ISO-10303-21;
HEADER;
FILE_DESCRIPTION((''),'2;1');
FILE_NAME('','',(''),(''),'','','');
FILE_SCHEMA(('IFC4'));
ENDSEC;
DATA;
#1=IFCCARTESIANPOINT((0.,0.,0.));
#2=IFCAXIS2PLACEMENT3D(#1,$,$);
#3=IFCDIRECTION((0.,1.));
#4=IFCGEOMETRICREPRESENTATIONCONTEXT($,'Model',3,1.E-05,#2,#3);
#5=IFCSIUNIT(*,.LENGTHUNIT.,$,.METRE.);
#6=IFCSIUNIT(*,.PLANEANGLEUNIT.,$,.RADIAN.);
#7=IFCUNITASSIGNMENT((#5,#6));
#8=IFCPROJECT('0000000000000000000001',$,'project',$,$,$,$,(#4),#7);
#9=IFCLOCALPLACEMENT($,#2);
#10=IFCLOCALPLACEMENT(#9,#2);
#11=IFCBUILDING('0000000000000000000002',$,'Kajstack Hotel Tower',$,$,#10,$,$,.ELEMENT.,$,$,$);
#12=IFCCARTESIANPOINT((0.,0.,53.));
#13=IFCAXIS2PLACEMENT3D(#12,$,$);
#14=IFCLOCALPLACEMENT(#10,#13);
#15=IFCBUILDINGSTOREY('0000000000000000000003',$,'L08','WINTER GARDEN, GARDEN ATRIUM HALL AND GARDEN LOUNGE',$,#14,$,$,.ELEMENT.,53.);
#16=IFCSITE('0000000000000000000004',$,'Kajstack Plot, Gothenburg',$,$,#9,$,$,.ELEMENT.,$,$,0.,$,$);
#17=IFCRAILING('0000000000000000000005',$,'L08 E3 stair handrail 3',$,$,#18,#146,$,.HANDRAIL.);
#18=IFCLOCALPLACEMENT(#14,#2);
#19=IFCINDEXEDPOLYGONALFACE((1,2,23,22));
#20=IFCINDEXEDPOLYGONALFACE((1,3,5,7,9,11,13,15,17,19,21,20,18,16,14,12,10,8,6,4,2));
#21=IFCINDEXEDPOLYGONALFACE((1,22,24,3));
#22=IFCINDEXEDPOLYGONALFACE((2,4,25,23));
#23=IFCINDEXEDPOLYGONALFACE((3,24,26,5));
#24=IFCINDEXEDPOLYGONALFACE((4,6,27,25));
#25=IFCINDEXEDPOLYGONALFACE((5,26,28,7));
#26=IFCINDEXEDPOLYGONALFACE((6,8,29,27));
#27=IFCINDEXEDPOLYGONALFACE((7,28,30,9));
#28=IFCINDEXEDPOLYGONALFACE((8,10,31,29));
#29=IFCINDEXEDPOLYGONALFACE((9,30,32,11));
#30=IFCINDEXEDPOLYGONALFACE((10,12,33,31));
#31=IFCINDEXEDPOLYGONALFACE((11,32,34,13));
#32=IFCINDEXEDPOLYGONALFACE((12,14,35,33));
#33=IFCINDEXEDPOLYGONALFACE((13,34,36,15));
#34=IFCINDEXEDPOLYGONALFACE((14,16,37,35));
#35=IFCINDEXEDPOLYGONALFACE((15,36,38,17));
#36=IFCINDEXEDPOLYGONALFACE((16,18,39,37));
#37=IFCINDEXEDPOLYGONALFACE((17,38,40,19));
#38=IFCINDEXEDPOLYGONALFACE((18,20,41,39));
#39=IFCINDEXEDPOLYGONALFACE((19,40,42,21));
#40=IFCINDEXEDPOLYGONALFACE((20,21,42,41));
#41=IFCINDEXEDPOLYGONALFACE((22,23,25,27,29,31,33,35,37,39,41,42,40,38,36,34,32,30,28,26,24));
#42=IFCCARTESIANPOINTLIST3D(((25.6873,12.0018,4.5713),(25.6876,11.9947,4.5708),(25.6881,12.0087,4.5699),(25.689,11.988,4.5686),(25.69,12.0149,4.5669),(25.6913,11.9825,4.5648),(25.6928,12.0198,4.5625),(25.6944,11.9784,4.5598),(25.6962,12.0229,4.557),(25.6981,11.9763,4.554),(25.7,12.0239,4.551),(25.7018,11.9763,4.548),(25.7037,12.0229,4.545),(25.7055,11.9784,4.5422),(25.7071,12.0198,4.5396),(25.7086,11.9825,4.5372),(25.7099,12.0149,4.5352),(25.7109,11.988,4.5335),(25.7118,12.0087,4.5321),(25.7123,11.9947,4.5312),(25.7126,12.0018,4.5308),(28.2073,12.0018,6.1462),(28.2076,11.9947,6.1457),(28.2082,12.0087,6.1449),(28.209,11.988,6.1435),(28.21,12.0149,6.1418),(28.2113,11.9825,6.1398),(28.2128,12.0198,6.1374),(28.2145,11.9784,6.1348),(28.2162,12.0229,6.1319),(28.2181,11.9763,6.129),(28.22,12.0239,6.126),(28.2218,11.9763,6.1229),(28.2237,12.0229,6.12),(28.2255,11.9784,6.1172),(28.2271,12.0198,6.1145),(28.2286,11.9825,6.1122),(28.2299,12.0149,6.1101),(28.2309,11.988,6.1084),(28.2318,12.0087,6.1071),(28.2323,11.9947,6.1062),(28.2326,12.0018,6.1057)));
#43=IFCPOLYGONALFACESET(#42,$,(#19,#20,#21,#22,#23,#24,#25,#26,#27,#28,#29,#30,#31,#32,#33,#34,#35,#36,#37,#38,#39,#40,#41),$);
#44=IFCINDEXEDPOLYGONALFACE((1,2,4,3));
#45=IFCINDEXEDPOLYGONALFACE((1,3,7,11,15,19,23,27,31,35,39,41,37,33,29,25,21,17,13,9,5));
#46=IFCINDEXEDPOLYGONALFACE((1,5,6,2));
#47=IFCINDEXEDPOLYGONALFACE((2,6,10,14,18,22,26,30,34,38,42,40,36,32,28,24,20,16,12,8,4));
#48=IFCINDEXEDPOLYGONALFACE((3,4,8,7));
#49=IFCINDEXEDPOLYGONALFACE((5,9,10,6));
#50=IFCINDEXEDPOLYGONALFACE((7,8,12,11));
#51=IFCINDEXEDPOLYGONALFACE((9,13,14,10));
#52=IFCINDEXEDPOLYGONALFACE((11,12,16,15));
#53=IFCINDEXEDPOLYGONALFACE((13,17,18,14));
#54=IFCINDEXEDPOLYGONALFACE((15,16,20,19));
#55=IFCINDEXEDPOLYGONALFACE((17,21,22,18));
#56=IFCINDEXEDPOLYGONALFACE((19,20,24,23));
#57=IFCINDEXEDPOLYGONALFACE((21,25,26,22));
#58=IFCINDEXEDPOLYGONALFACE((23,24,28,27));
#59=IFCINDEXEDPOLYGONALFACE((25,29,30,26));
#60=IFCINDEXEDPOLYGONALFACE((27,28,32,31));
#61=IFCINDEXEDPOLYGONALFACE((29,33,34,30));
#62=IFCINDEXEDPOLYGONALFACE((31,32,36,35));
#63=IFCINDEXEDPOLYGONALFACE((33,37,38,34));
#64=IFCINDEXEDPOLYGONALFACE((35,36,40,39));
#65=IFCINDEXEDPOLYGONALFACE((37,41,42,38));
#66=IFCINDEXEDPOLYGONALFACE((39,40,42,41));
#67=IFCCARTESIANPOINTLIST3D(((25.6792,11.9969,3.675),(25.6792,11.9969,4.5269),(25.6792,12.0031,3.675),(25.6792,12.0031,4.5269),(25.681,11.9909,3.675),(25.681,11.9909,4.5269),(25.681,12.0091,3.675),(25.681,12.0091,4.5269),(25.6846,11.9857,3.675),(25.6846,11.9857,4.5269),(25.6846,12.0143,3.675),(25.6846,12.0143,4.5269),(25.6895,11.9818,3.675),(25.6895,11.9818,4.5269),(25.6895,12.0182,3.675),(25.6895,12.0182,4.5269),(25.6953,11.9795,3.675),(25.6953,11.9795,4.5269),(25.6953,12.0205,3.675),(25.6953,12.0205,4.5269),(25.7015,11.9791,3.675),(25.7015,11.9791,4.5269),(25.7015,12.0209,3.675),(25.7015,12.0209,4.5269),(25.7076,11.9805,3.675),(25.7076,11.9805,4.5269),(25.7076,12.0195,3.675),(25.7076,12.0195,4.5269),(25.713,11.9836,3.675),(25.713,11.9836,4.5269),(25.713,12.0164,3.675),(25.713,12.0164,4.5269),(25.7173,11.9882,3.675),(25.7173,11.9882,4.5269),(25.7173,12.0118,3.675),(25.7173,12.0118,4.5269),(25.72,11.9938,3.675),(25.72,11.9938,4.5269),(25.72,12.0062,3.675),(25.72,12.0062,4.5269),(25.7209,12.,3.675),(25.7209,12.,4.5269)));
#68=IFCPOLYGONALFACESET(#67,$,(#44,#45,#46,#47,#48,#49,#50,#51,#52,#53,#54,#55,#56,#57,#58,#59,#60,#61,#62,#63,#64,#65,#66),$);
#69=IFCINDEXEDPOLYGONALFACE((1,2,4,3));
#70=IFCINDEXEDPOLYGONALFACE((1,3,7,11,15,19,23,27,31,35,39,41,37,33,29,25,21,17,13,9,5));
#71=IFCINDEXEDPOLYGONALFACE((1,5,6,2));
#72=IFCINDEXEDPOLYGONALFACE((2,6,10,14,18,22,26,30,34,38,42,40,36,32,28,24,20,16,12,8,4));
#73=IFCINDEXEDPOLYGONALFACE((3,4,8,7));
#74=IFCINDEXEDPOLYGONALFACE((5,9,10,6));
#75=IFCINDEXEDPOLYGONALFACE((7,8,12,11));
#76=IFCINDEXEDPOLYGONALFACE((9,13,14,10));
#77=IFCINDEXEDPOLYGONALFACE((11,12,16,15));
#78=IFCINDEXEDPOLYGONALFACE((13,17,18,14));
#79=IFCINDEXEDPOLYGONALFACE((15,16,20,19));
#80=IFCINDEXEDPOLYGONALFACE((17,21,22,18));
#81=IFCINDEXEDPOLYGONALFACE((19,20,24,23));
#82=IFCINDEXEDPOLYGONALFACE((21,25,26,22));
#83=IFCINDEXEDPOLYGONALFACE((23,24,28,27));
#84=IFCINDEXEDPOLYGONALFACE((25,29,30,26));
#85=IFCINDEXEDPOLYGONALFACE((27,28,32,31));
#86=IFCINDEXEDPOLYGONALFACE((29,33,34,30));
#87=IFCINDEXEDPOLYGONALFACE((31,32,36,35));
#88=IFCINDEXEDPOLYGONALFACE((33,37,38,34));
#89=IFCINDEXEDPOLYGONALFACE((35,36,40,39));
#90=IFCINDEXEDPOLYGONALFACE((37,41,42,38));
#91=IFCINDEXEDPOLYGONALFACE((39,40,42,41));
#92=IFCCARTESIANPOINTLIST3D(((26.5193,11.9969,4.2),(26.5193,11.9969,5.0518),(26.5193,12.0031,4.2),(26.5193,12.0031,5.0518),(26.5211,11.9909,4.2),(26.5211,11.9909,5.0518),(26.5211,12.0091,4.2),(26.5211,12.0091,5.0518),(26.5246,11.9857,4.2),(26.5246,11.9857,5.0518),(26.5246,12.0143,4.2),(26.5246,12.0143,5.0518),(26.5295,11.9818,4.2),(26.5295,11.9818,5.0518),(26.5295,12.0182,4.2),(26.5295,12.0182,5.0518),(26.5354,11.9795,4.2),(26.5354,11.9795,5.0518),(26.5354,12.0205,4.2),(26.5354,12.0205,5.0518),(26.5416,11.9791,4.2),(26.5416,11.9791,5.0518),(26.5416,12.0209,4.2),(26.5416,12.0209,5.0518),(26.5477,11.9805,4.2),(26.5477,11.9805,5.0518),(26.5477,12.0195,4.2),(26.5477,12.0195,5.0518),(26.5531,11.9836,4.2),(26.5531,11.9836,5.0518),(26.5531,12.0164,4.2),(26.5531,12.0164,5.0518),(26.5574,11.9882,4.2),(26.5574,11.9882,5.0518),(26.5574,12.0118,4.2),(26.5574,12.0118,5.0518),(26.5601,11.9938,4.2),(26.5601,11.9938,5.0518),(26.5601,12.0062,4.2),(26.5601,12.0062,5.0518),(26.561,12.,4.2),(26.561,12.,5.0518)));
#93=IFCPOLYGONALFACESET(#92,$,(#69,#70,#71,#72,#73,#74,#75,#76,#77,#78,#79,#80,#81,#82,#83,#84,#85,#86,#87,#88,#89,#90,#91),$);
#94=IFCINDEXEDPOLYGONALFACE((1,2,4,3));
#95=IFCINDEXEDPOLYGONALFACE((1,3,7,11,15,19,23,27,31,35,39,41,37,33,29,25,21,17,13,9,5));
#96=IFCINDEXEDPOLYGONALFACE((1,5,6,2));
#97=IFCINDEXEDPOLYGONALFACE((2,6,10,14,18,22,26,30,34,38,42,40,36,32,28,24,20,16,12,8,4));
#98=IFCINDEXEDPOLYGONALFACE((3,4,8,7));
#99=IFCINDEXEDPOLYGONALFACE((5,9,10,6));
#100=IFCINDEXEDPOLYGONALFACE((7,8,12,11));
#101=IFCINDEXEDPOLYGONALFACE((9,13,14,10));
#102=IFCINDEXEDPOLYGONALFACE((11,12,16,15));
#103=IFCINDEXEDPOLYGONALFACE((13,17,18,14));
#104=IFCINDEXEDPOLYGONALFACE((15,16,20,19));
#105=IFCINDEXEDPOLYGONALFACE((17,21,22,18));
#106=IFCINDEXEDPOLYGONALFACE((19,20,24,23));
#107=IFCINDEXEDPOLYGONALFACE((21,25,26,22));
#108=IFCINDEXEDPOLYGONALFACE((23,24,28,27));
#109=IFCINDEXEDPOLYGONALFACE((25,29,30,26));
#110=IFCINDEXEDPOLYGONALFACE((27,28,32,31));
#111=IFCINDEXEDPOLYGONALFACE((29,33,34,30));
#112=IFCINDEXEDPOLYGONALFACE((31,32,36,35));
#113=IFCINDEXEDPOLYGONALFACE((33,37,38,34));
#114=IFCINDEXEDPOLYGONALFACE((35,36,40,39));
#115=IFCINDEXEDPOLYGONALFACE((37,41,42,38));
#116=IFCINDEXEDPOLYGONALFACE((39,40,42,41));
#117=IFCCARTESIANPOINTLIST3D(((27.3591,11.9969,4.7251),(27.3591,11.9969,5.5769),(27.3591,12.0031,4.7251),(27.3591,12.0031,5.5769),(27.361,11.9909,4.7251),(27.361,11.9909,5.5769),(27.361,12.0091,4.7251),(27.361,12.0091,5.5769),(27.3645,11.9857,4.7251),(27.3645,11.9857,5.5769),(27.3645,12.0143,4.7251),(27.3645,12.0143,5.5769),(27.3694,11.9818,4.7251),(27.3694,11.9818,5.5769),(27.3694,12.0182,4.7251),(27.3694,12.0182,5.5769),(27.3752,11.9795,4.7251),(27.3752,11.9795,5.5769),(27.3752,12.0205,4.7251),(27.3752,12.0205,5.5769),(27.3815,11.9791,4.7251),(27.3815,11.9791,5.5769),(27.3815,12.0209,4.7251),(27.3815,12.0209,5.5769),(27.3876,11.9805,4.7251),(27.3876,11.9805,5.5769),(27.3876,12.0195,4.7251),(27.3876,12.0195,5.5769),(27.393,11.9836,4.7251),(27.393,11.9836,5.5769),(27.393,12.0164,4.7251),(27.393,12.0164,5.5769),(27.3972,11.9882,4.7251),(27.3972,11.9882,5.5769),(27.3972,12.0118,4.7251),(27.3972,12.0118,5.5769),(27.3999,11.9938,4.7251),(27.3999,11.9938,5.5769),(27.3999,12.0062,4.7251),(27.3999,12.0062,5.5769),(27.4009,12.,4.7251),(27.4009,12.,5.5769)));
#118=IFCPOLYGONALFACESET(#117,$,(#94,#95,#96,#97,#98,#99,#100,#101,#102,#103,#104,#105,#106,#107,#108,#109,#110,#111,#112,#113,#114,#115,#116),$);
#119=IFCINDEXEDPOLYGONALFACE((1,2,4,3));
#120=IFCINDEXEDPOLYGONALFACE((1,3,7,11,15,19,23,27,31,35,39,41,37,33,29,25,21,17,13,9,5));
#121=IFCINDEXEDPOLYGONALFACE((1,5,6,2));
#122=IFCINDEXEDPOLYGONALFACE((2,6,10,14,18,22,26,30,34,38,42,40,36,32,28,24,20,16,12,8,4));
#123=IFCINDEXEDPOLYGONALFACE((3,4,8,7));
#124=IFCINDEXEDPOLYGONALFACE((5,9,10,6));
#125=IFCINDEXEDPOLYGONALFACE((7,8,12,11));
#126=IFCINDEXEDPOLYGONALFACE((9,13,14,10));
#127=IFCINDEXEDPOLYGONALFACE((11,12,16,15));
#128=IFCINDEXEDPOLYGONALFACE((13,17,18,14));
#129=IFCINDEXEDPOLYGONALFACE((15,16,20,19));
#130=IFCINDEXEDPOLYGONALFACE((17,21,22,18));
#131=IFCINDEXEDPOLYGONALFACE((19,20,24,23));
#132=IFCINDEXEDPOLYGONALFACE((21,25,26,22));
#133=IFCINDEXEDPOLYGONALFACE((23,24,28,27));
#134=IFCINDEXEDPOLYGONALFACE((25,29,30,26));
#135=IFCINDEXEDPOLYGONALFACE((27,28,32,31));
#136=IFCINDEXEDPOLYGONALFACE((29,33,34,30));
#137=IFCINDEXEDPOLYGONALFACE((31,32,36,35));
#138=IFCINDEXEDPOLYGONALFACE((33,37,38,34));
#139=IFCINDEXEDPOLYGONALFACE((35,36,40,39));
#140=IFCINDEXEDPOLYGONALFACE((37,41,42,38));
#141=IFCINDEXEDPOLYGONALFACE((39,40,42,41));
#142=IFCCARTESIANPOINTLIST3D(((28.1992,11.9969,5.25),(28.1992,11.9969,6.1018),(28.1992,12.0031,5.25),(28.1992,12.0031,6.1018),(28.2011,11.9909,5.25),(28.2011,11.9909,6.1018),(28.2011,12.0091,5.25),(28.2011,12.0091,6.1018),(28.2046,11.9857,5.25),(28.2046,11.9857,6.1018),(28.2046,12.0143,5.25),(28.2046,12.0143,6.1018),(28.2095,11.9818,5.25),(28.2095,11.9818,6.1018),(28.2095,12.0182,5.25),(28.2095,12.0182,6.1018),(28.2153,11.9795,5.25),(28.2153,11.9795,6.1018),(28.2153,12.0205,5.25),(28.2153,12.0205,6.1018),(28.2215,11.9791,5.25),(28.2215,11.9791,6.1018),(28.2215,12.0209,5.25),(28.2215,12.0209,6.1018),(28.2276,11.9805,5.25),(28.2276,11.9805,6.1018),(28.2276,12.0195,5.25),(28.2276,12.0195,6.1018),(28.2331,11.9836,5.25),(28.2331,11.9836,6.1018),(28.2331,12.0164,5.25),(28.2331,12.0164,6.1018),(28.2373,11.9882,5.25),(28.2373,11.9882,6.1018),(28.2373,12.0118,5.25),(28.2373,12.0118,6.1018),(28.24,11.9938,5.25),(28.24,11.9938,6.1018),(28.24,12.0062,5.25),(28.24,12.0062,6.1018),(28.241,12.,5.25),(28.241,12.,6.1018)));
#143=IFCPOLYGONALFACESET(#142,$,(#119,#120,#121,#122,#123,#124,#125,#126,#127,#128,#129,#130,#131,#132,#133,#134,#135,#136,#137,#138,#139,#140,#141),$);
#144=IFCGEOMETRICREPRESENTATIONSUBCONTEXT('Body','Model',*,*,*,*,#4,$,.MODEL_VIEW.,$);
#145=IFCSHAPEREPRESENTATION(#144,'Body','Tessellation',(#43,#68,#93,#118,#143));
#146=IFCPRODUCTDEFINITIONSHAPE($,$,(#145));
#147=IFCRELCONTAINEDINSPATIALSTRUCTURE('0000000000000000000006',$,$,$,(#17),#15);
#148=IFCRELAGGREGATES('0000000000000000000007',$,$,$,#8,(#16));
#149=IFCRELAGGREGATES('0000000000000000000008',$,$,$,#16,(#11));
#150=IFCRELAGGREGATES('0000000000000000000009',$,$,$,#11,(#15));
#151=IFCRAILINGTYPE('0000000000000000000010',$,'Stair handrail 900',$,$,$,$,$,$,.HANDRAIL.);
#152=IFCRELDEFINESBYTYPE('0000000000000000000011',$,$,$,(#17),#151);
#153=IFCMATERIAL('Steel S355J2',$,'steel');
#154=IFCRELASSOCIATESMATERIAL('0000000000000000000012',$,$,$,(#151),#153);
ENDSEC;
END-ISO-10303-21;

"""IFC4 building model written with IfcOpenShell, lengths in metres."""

from ifc_helpers import new_model, si_unit, direction, frame, origin, origin_2d, place, context, subcontext, project, spatial, circle, extrude, material, type_object, element, save


model = new_model("IFC4")

# Units and contexts
model_context = context("Model", 3, precision=1e-05, world=origin(), true_north=direction((0.0, 1.0)))
body_context = subcontext(model_context, "Body", "Model", "MODEL_VIEW")
ifc_project = project(units=[si_unit("LENGTHUNIT", "METRE"), si_unit("PLANEANGLEUNIT", "RADIAN")], contexts=[model_context])

# Site, building, storey
site_placement = place(None, origin())
site = spatial("IfcSite", under=ifc_project, at=site_placement, Name="Kajstack Plot, Gothenburg", CompositionType="ELEMENT", RefElevation=0.0)
building_placement = place(site_placement, origin())
building = spatial("IfcBuilding", under=site, at=building_placement, Name="Kajstack Hotel Tower", CompositionType="ELEMENT")
storey_placement = place(building_placement, frame((0.0, 0.0, 53.0)))
storey = spatial("IfcBuildingStorey", under=building, at=storey_placement, Name="L08", Description="WINTER GARDEN, GARDEN ATRIUM HALL AND GARDEN LOUNGE", CompositionType="ELEMENT", Elevation=53.0)

# Railing
ifc_material_1 = material(Name="Steel S355J2", Category="steel")
railing_type_1 = type_object("IfcRailingType", Name="Stair handrail 900", PredefinedType="HANDRAIL", material=ifc_material_1)
railing_1_placement = place(storey_placement, frame((25.7, 12.0, 3.675)))
element("IfcRailing", 1, at=railing_1_placement, inside=storey, type_object=railing_type_1, Name="L08 E3 stair handrail 3", PredefinedType="HANDRAIL", context=body_context, shape_type="SweptSolid", body=[
    extrude(circle(Radius=0.0239, at=origin_2d()), frame((0.0, 0.0, 0.876), z_axis=(0.848008, 0.0, 0.529984), x_axis=(0.0, 1.0, 0.0)), (0.0, 0.0, 1.0), 2.9717),
    extrude(circle(Radius=0.021, at=origin_2d()), origin(), (0.0, 0.0, 1.0), 0.8518),
    extrude(circle(Radius=0.021, at=origin_2d()), frame((0.8401, 0.0, 0.5249)), (0.0, 0.0, 1.0), 0.8518),
    extrude(circle(Radius=0.021, at=origin_2d()), frame((1.6799, 0.0, 1.05)), (0.0, 0.0, 1.0), 0.8518),
    extrude(circle(Radius=0.021, at=origin_2d()), frame((2.52, 0.0, 1.575)), (0.0, 0.0, 1.0), 0.8518),
])

save(model, "model.ifc")
